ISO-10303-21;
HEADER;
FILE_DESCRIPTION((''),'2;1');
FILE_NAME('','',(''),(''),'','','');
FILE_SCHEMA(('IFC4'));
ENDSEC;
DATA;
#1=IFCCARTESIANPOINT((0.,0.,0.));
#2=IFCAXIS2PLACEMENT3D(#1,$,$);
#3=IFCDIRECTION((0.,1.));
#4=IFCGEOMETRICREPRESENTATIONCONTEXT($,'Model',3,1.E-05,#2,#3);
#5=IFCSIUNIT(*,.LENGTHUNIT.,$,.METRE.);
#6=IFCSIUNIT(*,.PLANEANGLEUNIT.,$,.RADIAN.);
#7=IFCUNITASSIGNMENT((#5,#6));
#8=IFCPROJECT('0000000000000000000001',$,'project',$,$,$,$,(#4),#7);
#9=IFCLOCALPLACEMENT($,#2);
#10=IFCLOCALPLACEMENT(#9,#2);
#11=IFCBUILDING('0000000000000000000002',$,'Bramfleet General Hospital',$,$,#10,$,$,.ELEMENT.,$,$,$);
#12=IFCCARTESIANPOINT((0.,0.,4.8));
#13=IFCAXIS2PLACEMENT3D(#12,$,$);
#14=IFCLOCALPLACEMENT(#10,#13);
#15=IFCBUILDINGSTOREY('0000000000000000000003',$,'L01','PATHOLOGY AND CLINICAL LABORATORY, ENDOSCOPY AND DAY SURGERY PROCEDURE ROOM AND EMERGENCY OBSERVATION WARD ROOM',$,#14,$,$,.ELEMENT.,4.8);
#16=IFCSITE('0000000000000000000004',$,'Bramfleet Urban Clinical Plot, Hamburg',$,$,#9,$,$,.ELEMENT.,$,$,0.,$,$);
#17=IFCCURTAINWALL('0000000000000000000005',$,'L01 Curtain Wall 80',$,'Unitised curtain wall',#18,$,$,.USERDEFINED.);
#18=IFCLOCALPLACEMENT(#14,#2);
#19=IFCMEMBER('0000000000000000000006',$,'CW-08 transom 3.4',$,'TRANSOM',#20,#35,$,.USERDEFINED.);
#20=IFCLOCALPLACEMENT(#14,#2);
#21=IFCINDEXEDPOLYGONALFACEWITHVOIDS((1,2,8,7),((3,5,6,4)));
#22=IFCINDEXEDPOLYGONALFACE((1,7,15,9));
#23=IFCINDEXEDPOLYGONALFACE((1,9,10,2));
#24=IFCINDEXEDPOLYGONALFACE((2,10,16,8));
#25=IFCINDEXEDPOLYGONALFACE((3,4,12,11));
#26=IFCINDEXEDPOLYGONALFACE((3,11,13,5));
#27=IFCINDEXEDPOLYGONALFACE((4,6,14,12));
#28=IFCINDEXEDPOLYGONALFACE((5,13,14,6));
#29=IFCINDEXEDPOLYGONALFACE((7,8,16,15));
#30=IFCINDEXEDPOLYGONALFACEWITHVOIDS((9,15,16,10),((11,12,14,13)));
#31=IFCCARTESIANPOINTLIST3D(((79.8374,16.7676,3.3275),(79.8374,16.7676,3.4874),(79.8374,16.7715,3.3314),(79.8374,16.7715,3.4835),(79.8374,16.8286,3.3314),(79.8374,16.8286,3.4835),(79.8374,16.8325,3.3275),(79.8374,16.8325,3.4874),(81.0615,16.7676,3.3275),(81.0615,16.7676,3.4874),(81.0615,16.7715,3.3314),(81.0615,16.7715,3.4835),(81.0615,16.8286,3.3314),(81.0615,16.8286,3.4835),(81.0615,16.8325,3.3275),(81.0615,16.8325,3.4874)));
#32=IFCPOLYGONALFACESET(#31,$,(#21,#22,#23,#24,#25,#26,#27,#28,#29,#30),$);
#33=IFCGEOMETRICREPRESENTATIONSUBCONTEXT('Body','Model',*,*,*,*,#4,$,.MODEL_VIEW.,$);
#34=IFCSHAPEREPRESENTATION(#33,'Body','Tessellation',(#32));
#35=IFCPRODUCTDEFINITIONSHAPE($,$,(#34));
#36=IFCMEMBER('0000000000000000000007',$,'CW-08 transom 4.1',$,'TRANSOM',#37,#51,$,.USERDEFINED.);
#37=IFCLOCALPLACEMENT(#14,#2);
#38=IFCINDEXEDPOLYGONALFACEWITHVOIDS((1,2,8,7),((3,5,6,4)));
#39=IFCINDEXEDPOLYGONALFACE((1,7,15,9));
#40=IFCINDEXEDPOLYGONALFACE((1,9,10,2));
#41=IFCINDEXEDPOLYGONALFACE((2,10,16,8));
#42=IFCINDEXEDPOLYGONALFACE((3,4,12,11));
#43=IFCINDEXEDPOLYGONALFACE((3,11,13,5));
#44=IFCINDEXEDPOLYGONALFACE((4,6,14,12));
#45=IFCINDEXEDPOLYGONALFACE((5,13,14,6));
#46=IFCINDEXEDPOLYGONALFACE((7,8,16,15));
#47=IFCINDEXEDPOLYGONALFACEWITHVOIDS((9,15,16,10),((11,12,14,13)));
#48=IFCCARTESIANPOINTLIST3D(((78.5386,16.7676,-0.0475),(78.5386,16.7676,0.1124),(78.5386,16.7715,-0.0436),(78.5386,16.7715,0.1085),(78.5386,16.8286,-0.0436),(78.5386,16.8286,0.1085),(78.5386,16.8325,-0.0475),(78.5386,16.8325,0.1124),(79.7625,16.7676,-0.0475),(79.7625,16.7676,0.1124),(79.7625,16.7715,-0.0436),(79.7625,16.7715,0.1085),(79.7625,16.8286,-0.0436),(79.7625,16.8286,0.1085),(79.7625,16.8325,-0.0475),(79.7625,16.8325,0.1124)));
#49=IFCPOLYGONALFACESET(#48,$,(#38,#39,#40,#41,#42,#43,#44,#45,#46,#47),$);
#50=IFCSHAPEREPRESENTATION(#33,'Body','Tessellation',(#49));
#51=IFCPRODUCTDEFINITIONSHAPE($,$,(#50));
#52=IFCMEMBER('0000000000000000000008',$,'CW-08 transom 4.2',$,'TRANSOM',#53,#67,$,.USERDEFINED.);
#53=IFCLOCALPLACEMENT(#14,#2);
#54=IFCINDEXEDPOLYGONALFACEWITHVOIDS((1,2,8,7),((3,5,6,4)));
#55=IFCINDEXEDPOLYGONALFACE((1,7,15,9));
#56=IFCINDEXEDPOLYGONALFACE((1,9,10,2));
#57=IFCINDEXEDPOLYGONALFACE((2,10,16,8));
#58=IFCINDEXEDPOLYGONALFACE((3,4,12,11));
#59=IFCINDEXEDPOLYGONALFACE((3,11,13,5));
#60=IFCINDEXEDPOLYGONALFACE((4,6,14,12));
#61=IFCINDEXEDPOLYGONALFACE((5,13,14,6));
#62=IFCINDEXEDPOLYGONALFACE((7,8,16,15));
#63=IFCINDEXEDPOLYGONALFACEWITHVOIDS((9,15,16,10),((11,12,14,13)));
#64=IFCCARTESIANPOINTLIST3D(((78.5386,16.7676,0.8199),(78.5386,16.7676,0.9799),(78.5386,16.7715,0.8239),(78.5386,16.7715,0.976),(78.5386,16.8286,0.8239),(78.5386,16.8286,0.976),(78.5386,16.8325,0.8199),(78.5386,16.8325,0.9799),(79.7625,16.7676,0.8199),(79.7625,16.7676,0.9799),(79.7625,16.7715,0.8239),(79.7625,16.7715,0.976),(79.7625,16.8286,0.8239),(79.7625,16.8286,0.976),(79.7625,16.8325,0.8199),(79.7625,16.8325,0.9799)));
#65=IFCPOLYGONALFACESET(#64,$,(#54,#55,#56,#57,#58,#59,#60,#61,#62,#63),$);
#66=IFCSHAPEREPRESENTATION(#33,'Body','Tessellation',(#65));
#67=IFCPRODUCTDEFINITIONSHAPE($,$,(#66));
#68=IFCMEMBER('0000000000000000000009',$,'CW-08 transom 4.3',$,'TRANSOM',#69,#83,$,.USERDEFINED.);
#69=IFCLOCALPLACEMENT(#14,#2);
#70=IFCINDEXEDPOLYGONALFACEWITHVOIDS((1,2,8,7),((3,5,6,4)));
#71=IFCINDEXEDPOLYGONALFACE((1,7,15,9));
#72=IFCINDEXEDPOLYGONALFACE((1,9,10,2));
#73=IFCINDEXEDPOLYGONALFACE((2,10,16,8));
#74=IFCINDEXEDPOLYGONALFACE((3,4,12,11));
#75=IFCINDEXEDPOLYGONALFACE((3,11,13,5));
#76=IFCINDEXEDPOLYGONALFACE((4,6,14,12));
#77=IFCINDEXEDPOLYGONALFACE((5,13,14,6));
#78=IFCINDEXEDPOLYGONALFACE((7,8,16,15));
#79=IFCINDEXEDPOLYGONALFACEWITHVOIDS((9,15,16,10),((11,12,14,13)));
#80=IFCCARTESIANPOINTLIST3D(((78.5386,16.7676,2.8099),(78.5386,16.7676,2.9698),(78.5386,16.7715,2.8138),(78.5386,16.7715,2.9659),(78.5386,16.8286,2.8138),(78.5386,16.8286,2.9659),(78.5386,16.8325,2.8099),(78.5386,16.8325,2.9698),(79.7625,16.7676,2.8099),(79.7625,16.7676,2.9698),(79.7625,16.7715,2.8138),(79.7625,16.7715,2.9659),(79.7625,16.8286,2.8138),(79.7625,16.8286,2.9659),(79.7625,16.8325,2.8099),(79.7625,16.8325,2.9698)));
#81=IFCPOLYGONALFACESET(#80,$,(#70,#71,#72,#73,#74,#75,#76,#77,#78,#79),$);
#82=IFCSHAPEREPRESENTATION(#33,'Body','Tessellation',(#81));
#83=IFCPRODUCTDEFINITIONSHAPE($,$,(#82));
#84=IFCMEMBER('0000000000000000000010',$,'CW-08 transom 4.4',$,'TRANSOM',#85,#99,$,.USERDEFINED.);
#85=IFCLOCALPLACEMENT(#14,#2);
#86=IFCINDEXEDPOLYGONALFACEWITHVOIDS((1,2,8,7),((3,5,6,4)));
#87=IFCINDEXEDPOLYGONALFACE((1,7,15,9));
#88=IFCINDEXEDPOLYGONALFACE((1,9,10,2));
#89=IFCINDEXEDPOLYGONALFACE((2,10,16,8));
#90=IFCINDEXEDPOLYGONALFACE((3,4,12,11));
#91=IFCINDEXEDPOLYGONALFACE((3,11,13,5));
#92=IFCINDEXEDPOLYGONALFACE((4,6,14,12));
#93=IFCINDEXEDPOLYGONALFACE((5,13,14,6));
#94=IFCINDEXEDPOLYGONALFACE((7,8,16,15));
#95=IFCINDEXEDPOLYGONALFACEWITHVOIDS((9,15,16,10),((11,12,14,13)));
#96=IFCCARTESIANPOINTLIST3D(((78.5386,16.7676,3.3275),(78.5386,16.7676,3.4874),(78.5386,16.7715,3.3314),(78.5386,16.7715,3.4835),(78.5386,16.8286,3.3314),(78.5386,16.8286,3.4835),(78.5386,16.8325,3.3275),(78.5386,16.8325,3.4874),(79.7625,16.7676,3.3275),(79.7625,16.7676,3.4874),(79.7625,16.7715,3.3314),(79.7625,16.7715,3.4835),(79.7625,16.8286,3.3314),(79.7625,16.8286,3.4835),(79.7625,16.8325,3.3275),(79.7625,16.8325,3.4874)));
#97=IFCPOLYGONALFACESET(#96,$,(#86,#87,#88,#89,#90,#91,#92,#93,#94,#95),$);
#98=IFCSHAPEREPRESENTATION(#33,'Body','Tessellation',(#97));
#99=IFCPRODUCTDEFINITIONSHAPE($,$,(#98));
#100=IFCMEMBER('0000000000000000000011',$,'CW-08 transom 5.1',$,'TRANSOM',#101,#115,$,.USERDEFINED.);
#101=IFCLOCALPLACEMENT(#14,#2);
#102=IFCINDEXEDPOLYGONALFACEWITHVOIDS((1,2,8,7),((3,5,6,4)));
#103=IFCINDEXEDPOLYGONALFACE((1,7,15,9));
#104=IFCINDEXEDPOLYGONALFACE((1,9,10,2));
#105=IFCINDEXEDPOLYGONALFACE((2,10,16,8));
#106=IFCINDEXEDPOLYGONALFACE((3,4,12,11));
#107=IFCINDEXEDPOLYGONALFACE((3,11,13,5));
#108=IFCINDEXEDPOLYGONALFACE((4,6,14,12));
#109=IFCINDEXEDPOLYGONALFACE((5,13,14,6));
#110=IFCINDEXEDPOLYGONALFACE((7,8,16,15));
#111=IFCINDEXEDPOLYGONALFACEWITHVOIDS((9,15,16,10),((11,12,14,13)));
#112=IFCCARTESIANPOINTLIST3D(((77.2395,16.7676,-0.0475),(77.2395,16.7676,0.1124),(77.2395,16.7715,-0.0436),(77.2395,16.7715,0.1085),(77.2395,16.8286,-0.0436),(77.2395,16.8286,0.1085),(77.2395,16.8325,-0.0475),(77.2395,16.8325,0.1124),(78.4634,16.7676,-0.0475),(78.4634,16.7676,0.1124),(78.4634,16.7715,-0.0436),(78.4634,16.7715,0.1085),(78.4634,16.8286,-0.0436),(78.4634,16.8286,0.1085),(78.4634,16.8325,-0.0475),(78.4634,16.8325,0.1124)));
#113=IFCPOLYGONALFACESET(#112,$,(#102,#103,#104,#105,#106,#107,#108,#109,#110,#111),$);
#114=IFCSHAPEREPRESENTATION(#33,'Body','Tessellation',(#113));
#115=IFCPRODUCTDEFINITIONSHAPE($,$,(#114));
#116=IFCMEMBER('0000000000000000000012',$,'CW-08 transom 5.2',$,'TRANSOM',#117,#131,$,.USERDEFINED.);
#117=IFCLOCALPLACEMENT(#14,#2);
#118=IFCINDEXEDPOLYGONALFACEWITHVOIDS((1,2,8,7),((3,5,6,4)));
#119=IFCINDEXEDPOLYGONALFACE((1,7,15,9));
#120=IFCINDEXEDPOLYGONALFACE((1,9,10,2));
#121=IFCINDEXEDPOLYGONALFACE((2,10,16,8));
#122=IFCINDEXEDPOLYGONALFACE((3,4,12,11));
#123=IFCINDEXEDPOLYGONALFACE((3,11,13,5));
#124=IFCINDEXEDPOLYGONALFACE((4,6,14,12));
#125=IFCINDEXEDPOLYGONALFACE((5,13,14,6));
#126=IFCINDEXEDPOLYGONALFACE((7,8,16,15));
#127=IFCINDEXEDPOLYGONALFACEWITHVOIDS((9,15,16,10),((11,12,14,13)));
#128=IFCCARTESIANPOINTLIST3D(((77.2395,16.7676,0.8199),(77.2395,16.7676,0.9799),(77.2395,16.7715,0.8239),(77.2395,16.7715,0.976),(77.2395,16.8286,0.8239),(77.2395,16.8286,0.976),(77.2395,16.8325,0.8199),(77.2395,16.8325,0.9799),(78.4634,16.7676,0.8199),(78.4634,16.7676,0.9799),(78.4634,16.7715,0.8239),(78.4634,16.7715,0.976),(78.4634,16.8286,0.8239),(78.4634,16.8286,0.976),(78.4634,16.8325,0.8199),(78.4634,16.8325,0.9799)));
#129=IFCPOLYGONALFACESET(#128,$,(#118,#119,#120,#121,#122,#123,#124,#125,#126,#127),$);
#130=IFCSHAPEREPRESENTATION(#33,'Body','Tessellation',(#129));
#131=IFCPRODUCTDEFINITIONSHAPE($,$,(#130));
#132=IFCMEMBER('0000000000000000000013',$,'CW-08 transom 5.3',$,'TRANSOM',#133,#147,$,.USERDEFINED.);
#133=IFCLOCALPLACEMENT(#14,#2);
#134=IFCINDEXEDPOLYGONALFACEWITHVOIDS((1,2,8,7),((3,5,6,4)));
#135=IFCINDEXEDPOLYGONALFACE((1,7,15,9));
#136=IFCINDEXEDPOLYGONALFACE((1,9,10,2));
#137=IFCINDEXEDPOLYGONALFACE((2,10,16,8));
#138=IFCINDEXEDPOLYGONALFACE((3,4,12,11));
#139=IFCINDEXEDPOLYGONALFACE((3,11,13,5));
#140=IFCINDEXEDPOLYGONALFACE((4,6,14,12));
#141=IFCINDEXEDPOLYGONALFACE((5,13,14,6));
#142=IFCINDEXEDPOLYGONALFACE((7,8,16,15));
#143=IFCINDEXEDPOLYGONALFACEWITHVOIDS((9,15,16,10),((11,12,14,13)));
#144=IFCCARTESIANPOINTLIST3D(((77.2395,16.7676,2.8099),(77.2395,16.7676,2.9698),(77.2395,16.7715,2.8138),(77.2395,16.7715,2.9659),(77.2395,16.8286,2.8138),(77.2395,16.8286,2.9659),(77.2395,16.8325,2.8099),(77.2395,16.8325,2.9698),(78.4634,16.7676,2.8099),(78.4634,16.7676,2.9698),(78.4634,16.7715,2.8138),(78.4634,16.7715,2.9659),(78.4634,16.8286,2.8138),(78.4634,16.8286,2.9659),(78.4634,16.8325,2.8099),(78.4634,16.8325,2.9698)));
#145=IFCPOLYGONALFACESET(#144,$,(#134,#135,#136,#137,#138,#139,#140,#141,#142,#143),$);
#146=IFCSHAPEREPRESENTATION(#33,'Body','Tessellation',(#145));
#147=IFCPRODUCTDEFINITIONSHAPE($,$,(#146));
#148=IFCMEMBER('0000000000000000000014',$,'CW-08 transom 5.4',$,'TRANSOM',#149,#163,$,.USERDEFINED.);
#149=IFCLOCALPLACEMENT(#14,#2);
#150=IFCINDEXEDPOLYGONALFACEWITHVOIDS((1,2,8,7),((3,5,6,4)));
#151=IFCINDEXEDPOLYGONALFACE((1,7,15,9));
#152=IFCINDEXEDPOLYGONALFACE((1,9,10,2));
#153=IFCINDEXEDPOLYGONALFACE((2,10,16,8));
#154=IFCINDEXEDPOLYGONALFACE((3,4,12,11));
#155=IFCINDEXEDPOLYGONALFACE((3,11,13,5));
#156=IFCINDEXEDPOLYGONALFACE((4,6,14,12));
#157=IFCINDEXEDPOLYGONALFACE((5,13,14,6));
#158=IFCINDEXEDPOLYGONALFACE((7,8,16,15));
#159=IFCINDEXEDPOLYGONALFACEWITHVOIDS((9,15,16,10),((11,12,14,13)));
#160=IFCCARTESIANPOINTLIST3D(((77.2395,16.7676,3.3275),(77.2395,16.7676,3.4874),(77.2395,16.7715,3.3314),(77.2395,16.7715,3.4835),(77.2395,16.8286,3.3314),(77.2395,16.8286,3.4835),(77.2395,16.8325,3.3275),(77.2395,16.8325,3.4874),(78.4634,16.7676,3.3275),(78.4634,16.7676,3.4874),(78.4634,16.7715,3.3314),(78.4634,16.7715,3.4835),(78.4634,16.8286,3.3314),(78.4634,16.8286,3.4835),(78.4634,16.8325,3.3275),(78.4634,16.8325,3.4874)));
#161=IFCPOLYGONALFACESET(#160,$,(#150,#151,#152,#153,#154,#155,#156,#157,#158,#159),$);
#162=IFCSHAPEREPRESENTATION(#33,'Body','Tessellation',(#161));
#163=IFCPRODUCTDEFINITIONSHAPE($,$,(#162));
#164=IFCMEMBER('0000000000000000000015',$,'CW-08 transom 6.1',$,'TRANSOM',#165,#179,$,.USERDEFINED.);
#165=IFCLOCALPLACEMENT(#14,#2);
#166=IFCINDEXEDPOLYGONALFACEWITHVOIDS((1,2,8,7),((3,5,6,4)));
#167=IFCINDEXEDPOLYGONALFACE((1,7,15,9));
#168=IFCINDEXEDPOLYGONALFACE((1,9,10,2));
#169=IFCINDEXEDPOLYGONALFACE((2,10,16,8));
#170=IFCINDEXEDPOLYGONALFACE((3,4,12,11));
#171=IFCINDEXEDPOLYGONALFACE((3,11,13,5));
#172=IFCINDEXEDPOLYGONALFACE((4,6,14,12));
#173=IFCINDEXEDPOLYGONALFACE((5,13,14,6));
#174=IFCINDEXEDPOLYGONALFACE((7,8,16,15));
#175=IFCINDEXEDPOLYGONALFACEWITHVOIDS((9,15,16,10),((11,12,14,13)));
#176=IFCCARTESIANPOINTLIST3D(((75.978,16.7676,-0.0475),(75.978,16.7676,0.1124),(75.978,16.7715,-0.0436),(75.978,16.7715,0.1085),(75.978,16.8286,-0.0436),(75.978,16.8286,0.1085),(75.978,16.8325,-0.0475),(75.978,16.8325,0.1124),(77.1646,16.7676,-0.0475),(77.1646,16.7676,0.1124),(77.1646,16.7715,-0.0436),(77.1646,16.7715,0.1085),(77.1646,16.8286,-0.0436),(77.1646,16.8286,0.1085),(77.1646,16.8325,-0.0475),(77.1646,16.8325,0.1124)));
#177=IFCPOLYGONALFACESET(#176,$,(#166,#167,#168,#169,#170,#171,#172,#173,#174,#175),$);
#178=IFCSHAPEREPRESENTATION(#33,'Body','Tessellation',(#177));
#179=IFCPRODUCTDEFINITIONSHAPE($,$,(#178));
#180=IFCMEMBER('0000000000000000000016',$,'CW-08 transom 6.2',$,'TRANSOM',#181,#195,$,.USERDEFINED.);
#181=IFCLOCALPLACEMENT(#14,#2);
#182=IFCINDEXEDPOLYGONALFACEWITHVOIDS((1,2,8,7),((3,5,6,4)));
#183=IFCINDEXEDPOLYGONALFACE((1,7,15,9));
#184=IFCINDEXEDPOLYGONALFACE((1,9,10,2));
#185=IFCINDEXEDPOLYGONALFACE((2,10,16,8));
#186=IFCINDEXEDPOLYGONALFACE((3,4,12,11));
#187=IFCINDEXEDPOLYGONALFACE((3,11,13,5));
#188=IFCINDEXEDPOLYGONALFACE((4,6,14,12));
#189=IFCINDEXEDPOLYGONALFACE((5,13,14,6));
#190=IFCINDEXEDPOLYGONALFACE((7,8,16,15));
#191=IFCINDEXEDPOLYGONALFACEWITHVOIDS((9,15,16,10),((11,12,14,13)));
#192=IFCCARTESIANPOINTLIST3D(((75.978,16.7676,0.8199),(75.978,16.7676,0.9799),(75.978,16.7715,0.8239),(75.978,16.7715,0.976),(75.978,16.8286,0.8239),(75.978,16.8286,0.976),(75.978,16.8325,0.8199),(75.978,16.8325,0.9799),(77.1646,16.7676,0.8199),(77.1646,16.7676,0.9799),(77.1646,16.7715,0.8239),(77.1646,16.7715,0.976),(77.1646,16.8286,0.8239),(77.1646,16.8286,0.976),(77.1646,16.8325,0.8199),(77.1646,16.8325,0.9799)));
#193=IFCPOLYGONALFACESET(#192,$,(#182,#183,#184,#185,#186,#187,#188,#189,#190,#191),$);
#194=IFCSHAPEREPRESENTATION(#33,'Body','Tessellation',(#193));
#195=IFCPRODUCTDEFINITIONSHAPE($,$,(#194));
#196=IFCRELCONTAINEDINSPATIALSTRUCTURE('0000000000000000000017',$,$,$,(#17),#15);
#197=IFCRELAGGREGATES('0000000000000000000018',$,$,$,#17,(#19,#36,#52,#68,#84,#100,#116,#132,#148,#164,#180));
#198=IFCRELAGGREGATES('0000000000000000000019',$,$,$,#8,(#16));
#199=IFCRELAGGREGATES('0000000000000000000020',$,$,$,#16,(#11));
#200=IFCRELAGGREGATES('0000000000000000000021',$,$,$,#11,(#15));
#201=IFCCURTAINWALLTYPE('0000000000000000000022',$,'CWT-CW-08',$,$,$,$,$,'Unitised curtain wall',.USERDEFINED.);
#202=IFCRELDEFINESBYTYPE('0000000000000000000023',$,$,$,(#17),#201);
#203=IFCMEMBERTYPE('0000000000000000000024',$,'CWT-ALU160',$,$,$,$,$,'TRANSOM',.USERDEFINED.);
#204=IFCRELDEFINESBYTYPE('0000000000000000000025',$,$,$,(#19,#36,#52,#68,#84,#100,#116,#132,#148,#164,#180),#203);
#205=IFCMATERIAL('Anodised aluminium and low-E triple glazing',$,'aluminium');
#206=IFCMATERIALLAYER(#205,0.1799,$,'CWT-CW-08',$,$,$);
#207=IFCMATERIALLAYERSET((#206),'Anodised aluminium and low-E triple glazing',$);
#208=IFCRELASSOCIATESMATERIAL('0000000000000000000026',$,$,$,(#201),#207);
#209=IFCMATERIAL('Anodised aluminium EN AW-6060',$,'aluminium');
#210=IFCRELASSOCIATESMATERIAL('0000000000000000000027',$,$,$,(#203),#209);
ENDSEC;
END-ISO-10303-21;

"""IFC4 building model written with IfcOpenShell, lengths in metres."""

from ifc_helpers import new_model, si_unit, direction, frame, origin, origin_2d, place, context, subcontext, project, spatial, hollow_rectangle, extrude, material, layer, layer_set, material_profile, profile_set, type_object, element, aggregate, save


model = new_model("IFC4")

# Units and contexts
model_context = context("Model", 3, precision=1e-05, world=origin(), true_north=direction((0.0, 1.0)))
body_context = subcontext(model_context, "Body", "Model", "MODEL_VIEW")
ifc_project = project(units=[si_unit("LENGTHUNIT", "METRE"), si_unit("PLANEANGLEUNIT", "RADIAN")], contexts=[model_context])

# Site, building, storey
site_placement = place(None, origin())
site = spatial("IfcSite", under=ifc_project, at=site_placement, Name="Bramfleet Urban Clinical Plot, Hamburg", CompositionType="ELEMENT", RefElevation=0.0)
building_placement = place(site_placement, origin())
building = spatial("IfcBuilding", under=site, at=building_placement, Name="Bramfleet General Hospital", CompositionType="ELEMENT")
storey_placement = place(building_placement, frame((0.0, 0.0, 4.8)))
storey = spatial("IfcBuildingStorey", under=building, at=storey_placement, Name="L01", Description="PATHOLOGY AND CLINICAL LABORATORY, ENDOSCOPY AND DAY SURGERY PROCEDURE ROOM AND EMERGENCY OBSERVATION WARD ROOM", CompositionType="ELEMENT", Elevation=4.8)

# Curtain wall, members
ifc_material_1 = material(Name="Anodised aluminium and low-E triple glazing", Category="aluminium")
ifc_layer_1 = layer(ifc_material_1, 0.1799, Name="CWT-CW-08")
ifc_layer_set_1 = layer_set([ifc_layer_1], Name="Anodised aluminium and low-E triple glazing")
curtain_wall_type = type_object("IfcCurtainWallType", Name="CWT-CW-08", ElementType="Unitised curtain wall", PredefinedType="USERDEFINED", material=ifc_layer_set_1)
curtain_wall_placement = place(storey_placement, origin())
curtain_wall = element("IfcCurtainWall", 1, at=curtain_wall_placement, inside=storey, type_object=curtain_wall_type, Name="L01 Curtain Wall 80", ObjectType="Unitised curtain wall", PredefinedType="USERDEFINED")
ifc_material_2 = material(Name="Anodised aluminium EN AW-6060", Category="aluminium")
ifc_material_profile_1 = material_profile(ifc_material_2, hollow_rectangle(XDim=0.0649, YDim=0.1599, WallThickness=0.0039, at=origin_2d()), Name="ALU 160x65x4.0")
ifc_profile_set_1 = profile_set([ifc_material_profile_1], Name="Anodised aluminium EN AW-6060")
member_type_1 = type_object("IfcMemberType", Name="CWT-ALU160", ElementType="TRANSOM", PredefinedType="USERDEFINED", material=ifc_profile_set_1)
member_1_placement = place(storey_placement, frame((81.0615, 16.8, 3.4075), z_axis=(-1.0, 0.0, 0.0), x_axis=(0.0, -1.0, 0.0)))
member_1 = element("IfcMember", 2, at=member_1_placement, type_object=member_type_1, Name="CW-08 transom 3.4", ObjectType="TRANSOM", PredefinedType="USERDEFINED", context=body_context, shape_type="SweptSolid", body=[
    extrude(hollow_rectangle(XDim=0.0649, YDim=0.1599, WallThickness=0.0039, at=origin_2d()), origin(), (0.0, 0.0, 1.0), 1.2241),
])
member_2_placement = place(storey_placement, frame((79.7625, 16.8, 0.0325), z_axis=(-1.0, 0.0, 0.0), x_axis=(0.0, -1.0, 0.0)))
member_2 = element("IfcMember", 3, at=member_2_placement, type_object=member_type_1, Name="CW-08 transom 4.1", ObjectType="TRANSOM", PredefinedType="USERDEFINED", context=body_context, shape_type="SweptSolid", body=[
    extrude(hollow_rectangle(XDim=0.0649, YDim=0.1599, WallThickness=0.0039, at=origin_2d()), origin(), (0.0, 0.0, 1.0), 1.2239),
])
member_3_placement = place(storey_placement, frame((79.7625, 16.8, 0.8999), z_axis=(-1.0, 0.0, 0.0), x_axis=(0.0, -1.0, 0.0)))
member_3 = element("IfcMember", 4, at=member_3_placement, type_object=member_type_1, Name="CW-08 transom 4.2", ObjectType="TRANSOM", PredefinedType="USERDEFINED", context=body_context, shape_type="SweptSolid", body=[
    extrude(hollow_rectangle(XDim=0.0649, YDim=0.1599, WallThickness=0.0039, at=origin_2d()), origin(), (0.0, 0.0, 1.0), 1.2239),
])
member_4_placement = place(storey_placement, frame((79.7625, 16.8, 2.8899), z_axis=(-1.0, 0.0, 0.0), x_axis=(0.0, -1.0, 0.0)))
member_4 = element("IfcMember", 5, at=member_4_placement, type_object=member_type_1, Name="CW-08 transom 4.3", ObjectType="TRANSOM", PredefinedType="USERDEFINED", context=body_context, shape_type="SweptSolid", body=[
    extrude(hollow_rectangle(XDim=0.0649, YDim=0.1599, WallThickness=0.0039, at=origin_2d()), origin(), (0.0, 0.0, 1.0), 1.2239),
])
member_5_placement = place(storey_placement, frame((79.7625, 16.8, 3.4075), z_axis=(-1.0, 0.0, 0.0), x_axis=(0.0, -1.0, 0.0)))
member_5 = element("IfcMember", 6, at=member_5_placement, type_object=member_type_1, Name="CW-08 transom 4.4", ObjectType="TRANSOM", PredefinedType="USERDEFINED", context=body_context, shape_type="SweptSolid", body=[
    extrude(hollow_rectangle(XDim=0.0649, YDim=0.1599, WallThickness=0.0039, at=origin_2d()), origin(), (0.0, 0.0, 1.0), 1.2239),
])
member_6_placement = place(storey_placement, frame((78.4634, 16.8, 0.0325), z_axis=(-1.0, 0.0, 0.0), x_axis=(0.0, -1.0, 0.0)))
member_6 = element("IfcMember", 7, at=member_6_placement, type_object=member_type_1, Name="CW-08 transom 5.1", ObjectType="TRANSOM", PredefinedType="USERDEFINED", context=body_context, shape_type="SweptSolid", body=[
    extrude(hollow_rectangle(XDim=0.0649, YDim=0.1599, WallThickness=0.0039, at=origin_2d()), origin(), (0.0, 0.0, 1.0), 1.2239),
])
member_7_placement = place(storey_placement, frame((78.4634, 16.8, 0.8999), z_axis=(-1.0, 0.0, 0.0), x_axis=(0.0, -1.0, 0.0)))
member_7 = element("IfcMember", 8, at=member_7_placement, type_object=member_type_1, Name="CW-08 transom 5.2", ObjectType="TRANSOM", PredefinedType="USERDEFINED", context=body_context, shape_type="SweptSolid", body=[
    extrude(hollow_rectangle(XDim=0.0649, YDim=0.1599, WallThickness=0.0039, at=origin_2d()), origin(), (0.0, 0.0, 1.0), 1.2239),
])
member_8_placement = place(storey_placement, frame((78.4634, 16.8, 2.8899), z_axis=(-1.0, 0.0, 0.0), x_axis=(0.0, -1.0, 0.0)))
member_8 = element("IfcMember", 9, at=member_8_placement, type_object=member_type_1, Name="CW-08 transom 5.3", ObjectType="TRANSOM", PredefinedType="USERDEFINED", context=body_context, shape_type="SweptSolid", body=[
    extrude(hollow_rectangle(XDim=0.0649, YDim=0.1599, WallThickness=0.0039, at=origin_2d()), origin(), (0.0, 0.0, 1.0), 1.2239),
])
member_9_placement = place(storey_placement, frame((78.4634, 16.8, 3.4075), z_axis=(-1.0, 0.0, 0.0), x_axis=(0.0, -1.0, 0.0)))
member_9 = element("IfcMember", 10, at=member_9_placement, type_object=member_type_1, Name="CW-08 transom 5.4", ObjectType="TRANSOM", PredefinedType="USERDEFINED", context=body_context, shape_type="SweptSolid", body=[
    extrude(hollow_rectangle(XDim=0.0649, YDim=0.1599, WallThickness=0.0039, at=origin_2d()), origin(), (0.0, 0.0, 1.0), 1.2239),
])
member_10_placement = place(storey_placement, frame((77.1646, 16.8, 0.0325), z_axis=(-1.0, 0.0, 0.0), x_axis=(0.0, -1.0, 0.0)))
member_10 = element("IfcMember", 11, at=member_10_placement, type_object=member_type_1, Name="CW-08 transom 6.1", ObjectType="TRANSOM", PredefinedType="USERDEFINED", context=body_context, shape_type="SweptSolid", body=[
    extrude(hollow_rectangle(XDim=0.0649, YDim=0.1599, WallThickness=0.0039, at=origin_2d()), origin(), (0.0, 0.0, 1.0), 1.1865),
])
member_11_placement = place(storey_placement, frame((77.1646, 16.8, 0.8999), z_axis=(-1.0, 0.0, 0.0), x_axis=(0.0, -1.0, 0.0)))
member_11 = element("IfcMember", 12, at=member_11_placement, type_object=member_type_1, Name="CW-08 transom 6.2", ObjectType="TRANSOM", PredefinedType="USERDEFINED", context=body_context, shape_type="SweptSolid", body=[
    extrude(hollow_rectangle(XDim=0.0649, YDim=0.1599, WallThickness=0.0039, at=origin_2d()), origin(), (0.0, 0.0, 1.0), 1.1865),
])
aggregate(curtain_wall, [member_1, member_2, member_3, member_4, member_5, member_6, member_7, member_8, member_9, member_10, member_11])

save(model, "model.ifc")
